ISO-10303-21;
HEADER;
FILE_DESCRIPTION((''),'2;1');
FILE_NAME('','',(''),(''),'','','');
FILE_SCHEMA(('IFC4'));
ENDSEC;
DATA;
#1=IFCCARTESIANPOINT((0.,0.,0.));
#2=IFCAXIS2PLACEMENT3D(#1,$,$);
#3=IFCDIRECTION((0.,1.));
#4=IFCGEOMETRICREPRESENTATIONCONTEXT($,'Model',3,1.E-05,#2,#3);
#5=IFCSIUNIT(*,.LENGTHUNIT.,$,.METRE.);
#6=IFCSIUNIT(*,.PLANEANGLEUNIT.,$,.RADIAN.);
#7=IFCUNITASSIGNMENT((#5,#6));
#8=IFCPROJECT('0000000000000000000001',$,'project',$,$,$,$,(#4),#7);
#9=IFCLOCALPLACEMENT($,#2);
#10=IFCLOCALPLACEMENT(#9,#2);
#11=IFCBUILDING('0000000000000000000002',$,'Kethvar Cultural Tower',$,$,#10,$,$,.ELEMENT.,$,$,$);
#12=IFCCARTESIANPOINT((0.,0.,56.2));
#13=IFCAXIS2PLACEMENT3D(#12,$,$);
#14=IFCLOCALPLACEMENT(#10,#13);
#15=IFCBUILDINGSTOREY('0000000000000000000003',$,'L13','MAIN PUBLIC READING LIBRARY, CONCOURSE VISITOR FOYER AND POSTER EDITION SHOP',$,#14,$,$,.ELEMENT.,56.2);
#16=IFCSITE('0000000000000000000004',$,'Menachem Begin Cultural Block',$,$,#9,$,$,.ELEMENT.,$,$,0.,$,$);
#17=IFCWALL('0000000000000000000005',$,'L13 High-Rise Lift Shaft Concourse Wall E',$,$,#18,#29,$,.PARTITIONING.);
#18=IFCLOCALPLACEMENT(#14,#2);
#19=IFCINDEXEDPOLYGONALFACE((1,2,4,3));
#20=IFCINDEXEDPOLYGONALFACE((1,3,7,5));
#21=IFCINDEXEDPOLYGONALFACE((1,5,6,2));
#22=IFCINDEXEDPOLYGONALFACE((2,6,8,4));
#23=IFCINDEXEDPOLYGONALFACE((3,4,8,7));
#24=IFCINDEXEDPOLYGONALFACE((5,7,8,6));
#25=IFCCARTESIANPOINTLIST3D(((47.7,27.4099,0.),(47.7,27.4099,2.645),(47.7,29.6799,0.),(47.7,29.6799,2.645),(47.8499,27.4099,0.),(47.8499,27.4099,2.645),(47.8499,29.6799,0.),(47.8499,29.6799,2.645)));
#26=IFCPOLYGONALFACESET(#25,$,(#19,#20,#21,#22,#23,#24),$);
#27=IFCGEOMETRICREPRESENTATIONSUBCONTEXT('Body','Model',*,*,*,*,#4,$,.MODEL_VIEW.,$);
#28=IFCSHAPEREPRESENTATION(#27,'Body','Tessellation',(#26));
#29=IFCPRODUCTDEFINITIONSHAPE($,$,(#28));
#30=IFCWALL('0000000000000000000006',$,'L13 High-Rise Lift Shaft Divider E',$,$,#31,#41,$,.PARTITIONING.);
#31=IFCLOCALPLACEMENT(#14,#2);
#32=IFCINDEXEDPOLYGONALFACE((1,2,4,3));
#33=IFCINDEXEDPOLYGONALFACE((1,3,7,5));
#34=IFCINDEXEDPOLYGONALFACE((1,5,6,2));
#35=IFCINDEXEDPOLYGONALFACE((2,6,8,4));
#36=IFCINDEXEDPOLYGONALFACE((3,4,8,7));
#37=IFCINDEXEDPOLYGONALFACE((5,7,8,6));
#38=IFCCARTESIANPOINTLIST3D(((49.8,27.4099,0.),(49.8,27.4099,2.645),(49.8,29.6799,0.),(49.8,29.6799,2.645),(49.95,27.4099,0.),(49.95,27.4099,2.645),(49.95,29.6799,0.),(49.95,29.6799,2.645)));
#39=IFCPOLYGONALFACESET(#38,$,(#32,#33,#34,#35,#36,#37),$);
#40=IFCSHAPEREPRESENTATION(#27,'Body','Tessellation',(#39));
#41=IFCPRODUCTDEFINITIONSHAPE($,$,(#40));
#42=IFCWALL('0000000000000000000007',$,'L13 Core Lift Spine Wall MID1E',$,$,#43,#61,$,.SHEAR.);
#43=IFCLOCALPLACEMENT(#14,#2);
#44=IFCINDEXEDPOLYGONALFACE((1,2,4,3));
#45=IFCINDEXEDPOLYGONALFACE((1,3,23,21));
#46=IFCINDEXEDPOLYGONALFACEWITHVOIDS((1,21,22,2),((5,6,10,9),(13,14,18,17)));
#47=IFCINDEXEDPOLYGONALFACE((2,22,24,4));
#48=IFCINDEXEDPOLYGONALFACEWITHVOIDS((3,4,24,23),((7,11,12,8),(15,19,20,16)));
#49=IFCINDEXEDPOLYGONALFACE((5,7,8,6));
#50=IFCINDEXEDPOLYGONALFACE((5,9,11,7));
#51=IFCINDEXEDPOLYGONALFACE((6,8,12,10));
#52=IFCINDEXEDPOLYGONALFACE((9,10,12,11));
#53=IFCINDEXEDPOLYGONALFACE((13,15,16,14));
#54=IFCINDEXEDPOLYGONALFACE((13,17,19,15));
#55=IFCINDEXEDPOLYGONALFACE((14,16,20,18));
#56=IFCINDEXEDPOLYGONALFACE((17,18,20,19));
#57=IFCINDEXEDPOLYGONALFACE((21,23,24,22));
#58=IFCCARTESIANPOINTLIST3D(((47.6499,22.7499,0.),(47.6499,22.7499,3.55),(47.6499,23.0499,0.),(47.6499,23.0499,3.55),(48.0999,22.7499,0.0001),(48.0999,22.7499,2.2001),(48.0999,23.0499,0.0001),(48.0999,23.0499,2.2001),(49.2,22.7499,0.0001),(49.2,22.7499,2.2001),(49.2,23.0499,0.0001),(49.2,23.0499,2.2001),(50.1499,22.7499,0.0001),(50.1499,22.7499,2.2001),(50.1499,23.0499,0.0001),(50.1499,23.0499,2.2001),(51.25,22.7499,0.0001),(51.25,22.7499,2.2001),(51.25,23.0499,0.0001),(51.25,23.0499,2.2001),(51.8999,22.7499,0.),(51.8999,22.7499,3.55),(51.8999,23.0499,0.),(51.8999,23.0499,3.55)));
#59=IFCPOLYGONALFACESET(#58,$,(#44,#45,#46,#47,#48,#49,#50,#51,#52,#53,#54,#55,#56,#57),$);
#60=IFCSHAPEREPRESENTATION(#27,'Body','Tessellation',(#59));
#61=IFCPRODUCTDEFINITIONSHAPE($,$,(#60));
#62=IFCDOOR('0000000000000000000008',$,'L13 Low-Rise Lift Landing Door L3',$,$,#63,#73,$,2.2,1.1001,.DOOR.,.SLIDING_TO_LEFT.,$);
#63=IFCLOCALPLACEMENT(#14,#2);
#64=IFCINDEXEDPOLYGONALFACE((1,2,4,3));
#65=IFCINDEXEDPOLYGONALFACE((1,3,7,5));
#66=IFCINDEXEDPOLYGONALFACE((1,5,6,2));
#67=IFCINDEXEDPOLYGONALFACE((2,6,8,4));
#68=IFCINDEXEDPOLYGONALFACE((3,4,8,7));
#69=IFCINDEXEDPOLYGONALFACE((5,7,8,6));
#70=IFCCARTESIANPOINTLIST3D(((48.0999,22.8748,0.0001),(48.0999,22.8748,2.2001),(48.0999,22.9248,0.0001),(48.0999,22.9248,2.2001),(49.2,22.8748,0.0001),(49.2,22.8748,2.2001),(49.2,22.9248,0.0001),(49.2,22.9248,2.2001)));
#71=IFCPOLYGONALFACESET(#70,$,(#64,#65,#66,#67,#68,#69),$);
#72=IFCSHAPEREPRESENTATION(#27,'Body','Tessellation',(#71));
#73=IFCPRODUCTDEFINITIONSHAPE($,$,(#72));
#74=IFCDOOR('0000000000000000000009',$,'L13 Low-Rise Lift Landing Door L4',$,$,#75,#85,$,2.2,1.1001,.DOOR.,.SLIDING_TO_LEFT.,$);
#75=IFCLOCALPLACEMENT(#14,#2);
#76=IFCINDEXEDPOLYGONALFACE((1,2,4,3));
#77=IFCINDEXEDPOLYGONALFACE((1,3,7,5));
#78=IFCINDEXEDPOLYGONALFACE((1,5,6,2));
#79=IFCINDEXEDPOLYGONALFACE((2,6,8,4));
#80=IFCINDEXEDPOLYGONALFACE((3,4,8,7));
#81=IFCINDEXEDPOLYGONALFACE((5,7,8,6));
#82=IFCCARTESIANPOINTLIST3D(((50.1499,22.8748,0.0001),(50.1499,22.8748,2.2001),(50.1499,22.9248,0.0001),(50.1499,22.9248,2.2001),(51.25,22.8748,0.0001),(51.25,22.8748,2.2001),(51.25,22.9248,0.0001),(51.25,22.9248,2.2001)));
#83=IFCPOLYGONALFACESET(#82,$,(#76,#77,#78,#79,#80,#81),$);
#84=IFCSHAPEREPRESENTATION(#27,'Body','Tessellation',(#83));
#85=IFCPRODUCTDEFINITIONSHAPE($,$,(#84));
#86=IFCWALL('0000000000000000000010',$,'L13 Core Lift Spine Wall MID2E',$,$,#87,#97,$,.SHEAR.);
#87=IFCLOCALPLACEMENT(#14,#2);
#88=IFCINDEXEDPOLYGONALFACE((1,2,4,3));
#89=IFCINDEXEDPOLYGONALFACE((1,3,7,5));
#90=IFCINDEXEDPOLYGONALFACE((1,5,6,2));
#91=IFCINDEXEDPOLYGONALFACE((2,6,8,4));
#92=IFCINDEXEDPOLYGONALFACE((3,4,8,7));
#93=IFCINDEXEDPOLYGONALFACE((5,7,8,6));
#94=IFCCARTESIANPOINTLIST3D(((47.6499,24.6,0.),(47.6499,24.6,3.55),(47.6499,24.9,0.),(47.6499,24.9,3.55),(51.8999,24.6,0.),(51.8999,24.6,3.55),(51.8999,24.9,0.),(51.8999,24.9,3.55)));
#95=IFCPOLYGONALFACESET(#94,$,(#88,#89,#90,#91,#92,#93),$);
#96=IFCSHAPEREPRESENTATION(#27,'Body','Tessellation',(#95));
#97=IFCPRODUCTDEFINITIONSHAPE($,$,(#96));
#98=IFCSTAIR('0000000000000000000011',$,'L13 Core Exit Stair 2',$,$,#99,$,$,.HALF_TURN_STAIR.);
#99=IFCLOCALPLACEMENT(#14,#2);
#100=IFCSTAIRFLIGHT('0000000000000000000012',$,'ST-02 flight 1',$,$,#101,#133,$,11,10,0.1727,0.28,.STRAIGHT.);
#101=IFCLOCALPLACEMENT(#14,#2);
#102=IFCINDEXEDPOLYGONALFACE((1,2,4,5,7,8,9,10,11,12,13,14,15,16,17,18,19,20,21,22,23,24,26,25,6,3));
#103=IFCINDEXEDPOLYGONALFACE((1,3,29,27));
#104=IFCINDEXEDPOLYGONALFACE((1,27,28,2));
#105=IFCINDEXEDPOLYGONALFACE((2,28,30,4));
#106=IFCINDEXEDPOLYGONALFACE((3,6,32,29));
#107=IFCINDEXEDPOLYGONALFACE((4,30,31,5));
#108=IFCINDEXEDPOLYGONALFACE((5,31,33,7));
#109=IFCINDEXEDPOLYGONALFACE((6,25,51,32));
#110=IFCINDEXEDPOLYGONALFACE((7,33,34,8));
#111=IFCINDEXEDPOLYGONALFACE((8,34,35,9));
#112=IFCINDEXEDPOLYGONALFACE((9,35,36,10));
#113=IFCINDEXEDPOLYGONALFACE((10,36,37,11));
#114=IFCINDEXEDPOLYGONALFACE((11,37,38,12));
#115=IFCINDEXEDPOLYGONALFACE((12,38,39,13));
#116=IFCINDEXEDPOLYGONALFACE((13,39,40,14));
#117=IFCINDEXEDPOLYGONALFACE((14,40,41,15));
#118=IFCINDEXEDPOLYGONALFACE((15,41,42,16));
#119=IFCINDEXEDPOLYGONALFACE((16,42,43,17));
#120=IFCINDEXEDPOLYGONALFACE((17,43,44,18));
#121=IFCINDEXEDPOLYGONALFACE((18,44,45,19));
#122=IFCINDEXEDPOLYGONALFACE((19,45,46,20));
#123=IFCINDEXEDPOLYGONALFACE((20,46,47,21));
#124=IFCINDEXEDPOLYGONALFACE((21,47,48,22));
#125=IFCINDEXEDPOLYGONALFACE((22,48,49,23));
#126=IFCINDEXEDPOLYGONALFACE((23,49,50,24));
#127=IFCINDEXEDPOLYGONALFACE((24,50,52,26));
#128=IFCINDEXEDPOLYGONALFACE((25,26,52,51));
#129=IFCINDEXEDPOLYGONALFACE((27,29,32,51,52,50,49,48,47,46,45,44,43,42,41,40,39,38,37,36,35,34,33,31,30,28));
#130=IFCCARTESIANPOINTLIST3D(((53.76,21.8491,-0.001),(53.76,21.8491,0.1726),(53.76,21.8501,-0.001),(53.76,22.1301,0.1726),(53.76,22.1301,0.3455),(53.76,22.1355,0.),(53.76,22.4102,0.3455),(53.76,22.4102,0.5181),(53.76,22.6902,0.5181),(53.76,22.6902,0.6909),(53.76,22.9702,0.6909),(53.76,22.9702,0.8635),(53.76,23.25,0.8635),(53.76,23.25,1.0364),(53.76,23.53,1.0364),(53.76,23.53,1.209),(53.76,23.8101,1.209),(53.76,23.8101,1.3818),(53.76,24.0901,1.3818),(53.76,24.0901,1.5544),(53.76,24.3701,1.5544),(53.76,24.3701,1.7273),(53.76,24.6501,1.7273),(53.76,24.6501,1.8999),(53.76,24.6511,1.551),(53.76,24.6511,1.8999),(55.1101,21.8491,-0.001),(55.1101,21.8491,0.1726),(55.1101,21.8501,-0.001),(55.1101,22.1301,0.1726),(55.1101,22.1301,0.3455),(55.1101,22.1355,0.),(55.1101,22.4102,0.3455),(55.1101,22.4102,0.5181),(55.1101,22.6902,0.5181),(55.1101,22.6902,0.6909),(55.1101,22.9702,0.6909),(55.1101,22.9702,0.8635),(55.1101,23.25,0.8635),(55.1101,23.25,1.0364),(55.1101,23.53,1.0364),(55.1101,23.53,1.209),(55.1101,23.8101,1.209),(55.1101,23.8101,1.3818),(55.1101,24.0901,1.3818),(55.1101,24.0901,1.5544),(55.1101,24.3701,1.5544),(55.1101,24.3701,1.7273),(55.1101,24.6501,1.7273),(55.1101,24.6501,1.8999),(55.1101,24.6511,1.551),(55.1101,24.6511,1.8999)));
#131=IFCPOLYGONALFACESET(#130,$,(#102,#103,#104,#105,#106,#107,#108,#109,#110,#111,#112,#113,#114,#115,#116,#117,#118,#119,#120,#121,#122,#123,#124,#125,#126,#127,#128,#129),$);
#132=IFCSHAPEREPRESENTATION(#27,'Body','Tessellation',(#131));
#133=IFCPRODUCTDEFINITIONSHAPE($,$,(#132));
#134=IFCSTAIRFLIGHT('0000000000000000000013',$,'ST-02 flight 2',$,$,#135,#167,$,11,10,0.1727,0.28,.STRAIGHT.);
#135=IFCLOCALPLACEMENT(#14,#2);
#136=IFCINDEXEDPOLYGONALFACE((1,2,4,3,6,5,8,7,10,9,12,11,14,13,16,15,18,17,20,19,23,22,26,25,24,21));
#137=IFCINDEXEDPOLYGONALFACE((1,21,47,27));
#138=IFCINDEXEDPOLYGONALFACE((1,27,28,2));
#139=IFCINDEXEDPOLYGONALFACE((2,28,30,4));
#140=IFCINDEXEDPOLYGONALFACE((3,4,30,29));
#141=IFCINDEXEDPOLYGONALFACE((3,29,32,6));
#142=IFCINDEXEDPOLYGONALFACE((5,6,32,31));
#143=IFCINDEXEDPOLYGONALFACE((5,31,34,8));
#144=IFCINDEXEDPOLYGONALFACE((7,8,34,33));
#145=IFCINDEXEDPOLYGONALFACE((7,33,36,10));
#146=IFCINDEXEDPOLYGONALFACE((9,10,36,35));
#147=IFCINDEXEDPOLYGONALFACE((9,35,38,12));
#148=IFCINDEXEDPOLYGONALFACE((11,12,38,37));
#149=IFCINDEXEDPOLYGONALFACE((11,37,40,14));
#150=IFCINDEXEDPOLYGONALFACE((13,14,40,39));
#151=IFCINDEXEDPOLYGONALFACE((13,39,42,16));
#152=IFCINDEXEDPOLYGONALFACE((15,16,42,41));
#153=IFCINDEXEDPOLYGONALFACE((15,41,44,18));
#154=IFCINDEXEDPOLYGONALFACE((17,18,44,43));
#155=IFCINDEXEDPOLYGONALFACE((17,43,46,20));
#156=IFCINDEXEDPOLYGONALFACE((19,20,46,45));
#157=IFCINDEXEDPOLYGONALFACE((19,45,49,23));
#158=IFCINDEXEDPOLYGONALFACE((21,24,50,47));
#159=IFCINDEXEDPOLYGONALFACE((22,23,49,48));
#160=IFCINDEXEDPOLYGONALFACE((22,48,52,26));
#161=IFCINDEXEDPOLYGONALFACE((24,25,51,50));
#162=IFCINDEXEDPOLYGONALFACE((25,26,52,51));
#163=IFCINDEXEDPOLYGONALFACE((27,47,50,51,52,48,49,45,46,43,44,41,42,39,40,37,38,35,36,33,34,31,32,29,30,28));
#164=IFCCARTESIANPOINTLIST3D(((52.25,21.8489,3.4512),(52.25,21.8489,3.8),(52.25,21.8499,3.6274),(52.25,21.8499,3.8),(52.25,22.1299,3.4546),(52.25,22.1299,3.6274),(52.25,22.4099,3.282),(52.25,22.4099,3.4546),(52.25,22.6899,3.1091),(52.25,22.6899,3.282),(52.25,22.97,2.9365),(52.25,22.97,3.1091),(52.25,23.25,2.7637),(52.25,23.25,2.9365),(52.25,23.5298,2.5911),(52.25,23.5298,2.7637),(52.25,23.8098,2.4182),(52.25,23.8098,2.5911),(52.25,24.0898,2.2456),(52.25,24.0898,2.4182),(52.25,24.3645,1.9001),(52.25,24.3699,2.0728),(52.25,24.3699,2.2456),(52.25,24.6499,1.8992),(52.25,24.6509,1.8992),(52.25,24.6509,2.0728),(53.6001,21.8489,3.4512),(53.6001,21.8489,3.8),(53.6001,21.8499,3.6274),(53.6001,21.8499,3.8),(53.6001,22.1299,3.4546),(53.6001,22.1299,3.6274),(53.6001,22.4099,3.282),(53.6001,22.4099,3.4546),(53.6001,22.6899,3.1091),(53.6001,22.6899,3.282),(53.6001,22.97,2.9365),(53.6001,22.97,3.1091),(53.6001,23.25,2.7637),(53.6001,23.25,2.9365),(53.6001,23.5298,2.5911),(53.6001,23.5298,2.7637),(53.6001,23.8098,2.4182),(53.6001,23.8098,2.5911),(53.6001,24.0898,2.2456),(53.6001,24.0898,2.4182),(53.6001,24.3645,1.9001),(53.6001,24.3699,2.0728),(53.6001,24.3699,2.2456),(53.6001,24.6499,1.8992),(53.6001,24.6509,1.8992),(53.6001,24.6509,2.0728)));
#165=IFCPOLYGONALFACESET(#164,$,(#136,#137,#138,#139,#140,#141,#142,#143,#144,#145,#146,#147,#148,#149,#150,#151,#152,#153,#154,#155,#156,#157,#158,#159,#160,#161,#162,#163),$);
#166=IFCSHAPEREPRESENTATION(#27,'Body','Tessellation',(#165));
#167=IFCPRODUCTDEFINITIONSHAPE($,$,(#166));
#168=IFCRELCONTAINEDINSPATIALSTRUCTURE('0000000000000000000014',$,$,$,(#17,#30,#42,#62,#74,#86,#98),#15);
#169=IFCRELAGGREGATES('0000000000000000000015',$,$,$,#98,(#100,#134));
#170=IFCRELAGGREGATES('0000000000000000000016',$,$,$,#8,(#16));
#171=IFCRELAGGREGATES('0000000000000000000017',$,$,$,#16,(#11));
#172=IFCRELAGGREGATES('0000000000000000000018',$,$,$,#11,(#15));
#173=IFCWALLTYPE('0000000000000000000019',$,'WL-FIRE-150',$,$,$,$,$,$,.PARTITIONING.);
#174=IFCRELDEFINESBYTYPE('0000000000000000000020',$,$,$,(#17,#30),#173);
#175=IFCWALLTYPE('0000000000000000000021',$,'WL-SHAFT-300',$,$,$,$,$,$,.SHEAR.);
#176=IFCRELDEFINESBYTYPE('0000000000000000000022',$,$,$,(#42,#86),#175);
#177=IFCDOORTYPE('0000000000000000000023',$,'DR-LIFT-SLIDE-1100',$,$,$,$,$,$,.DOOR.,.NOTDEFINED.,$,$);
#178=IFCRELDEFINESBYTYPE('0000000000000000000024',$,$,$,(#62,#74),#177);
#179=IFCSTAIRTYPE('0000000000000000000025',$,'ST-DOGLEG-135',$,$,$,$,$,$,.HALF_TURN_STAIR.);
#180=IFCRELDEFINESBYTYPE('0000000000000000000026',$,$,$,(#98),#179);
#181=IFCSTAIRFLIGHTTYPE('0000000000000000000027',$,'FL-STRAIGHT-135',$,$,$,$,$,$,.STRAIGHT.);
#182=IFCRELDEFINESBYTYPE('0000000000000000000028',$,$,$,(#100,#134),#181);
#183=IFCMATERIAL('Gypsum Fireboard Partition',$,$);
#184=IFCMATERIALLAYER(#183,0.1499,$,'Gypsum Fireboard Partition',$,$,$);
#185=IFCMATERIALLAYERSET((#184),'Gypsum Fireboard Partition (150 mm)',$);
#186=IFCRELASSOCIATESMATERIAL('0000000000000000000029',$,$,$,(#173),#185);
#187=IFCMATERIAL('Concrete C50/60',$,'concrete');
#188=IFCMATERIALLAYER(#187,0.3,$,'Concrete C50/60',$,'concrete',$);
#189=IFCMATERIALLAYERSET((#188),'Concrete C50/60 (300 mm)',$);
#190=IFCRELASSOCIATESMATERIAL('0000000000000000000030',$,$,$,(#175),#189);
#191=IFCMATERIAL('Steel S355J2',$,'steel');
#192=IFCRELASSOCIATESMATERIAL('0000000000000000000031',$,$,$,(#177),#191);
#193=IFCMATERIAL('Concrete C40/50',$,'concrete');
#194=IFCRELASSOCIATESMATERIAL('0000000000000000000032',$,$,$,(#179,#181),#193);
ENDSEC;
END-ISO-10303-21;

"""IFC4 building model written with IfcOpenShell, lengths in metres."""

from ifc_helpers import new_model, si_unit, direction, frame, frame_2d, origin, place, context, subcontext, project, spatial, polyline, rectangle, outline, extrude, source, transform, mapped, material, layer, layer_set, type_object, element, fill, aggregate, save


model = new_model("IFC4")

# Units and contexts
model_context = context("Model", 3, precision=1e-05, world=origin(), true_north=direction((0.0, 1.0)))
body_context = subcontext(model_context, "Body", "Model", "MODEL_VIEW")
ifc_project = project(units=[si_unit("LENGTHUNIT", "METRE"), si_unit("PLANEANGLEUNIT", "RADIAN")], contexts=[model_context])

# Site, building, storey
site_placement = place(None, origin())
site = spatial("IfcSite", under=ifc_project, at=site_placement, Name="Menachem Begin Cultural Block", CompositionType="ELEMENT", RefElevation=0.0)
building_placement = place(site_placement, origin())
building = spatial("IfcBuilding", under=site, at=building_placement, Name="Kethvar Cultural Tower", CompositionType="ELEMENT")
storey_placement = place(building_placement, frame((0.0, 0.0, 56.2)))
storey = spatial("IfcBuildingStorey", under=building, at=storey_placement, Name="L13", Description="MAIN PUBLIC READING LIBRARY, CONCOURSE VISITOR FOYER AND POSTER EDITION SHOP", CompositionType="ELEMENT", Elevation=56.2)

# Shared definitions
ifc_material_1 = material(Name="Steel S355J2", Category="steel")

# Walls
ifc_material_2 = material(Name="Gypsum Fireboard Partition")
ifc_layer_1 = layer(ifc_material_2, 0.1499, Name="Gypsum Fireboard Partition")
ifc_layer_set_1 = layer_set([ifc_layer_1], Name="Gypsum Fireboard Partition (150 mm)")
wall_type_1 = type_object("IfcWallType", Name="WL-FIRE-150", PredefinedType="PARTITIONING", material=ifc_layer_set_1)
for number, where, z_axis, x_axis, name in (
    (1, (47.7749, 27.4099, 0.0), (0.0, 0.0, 1.0), (0.0, 1.0, 0.0), "L13 High-Rise Lift Shaft Concourse Wall E"),
    (2, (49.875, 27.4099, 0.0), (0.0, 0.0, 1.0), (0.0, 1.0, 0.0), "L13 High-Rise Lift Shaft Divider E"),
):
    element("IfcWall", number, at=place(storey_placement, frame(where, z_axis=z_axis, x_axis=x_axis)), inside=storey, type_object=wall_type_1, Name=name, PredefinedType="PARTITIONING", context=body_context, shape_type="SweptSolid", body=[
        extrude(rectangle(XDim=2.27, YDim=0.1499, at=frame_2d((1.135, 0.0))), origin(), (0.0, 0.0, 1.0), 2.645),
    ])

# Wall, openings, doors
ifc_material_3 = material(Name="Concrete C50/60", Category="concrete")
ifc_layer_2 = layer(ifc_material_3, 0.3, Name="Concrete C50/60", Category="concrete")
ifc_layer_set_2 = layer_set([ifc_layer_2], Name="Concrete C50/60 (300 mm)")
wall_type_2 = type_object("IfcWallType", Name="WL-SHAFT-300", PredefinedType="SHEAR", material=ifc_layer_set_2)
wall_1_placement = place(storey_placement, frame((47.6499, 22.8999, 0.0), z_axis=(0.0, 0.0, 1.0), x_axis=(1.0, 0.0, 0.0)))
wall_1 = element("IfcWall", 3, at=wall_1_placement, inside=storey, type_object=wall_type_2, Name="L13 Core Lift Spine Wall MID1E", PredefinedType="SHEAR", context=body_context, shape_type="SweptSolid", body=[
    extrude(rectangle(XDim=4.25, YDim=0.3, at=frame_2d((2.125, 0.0))), origin(), (0.0, 0.0, 1.0), 3.55),
])
opening_1_placement = place(wall_1_placement, frame((0.45, 0.0, 0.0)))
opening_1 = element("IfcOpeningElement", 4, at=opening_1_placement, cuts=wall_1, PredefinedType="OPENING", context=body_context, shape_type="SweptSolid", body=[
    extrude(rectangle(XDim=1.1001, YDim=2.2, at=frame_2d((0.55, 1.1001))), frame((0.0, 0.1599, 0.0), z_axis=(0.0, -1.0, 0.0), x_axis=(1.0, 0.0, 0.0)), (0.0, 0.0, 1.0), 0.3201),
])
opening_2_placement = place(wall_1_placement, frame((2.5, 0.0, 0.0)))
opening_2 = element("IfcOpeningElement", 5, at=opening_2_placement, cuts=wall_1, PredefinedType="OPENING", context=body_context, shape_type="SweptSolid", body=[
    extrude(rectangle(XDim=1.1001, YDim=2.2, at=frame_2d((0.55, 1.1001))), frame((0.0, 0.1599, 0.0), z_axis=(0.0, -1.0, 0.0), x_axis=(1.0, 0.0, 0.0)), (0.0, 0.0, 1.0), 0.3201),
])
door_type = type_object("IfcDoorType", Name="DR-LIFT-SLIDE-1100", OperationType="NOTDEFINED", PredefinedType="DOOR", material=ifc_material_1)
shared_shape_1 = source(origin(), body_context, "Body", "SweptSolid", [
    extrude(rectangle(XDim=1.1001, YDim=2.2, at=frame_2d((0.55, 1.1001))), frame((0.0, 0.0249, 0.0), z_axis=(0.0, -1.0, 0.0), x_axis=(1.0, 0.0, 0.0)), (0.0, 0.0, 1.0), 0.05),
])
door_1_placement = place(opening_1_placement, origin())
door_1 = element("IfcDoor", 6, at=door_1_placement, inside=storey, type_object=door_type, Name="L13 Low-Rise Lift Landing Door L3", OperationType="SLIDING_TO_LEFT", OverallHeight=2.2, OverallWidth=1.1001, PredefinedType="DOOR", context=body_context, shape_type="MappedRepresentation", body=[
    mapped(shared_shape_1, transform((0.0, 0.0, 0.0), scale=1.0)),
])
fill(opening_1, door_1)
door_2_placement = place(opening_2_placement, origin())
door_2 = element("IfcDoor", 7, at=door_2_placement, inside=storey, type_object=door_type, Name="L13 Low-Rise Lift Landing Door L4", OperationType="SLIDING_TO_LEFT", OverallHeight=2.2, OverallWidth=1.1001, PredefinedType="DOOR", context=body_context, shape_type="MappedRepresentation", body=[
    mapped(shared_shape_1, transform((0.0, 0.0, 0.0), scale=1.0)),
])
fill(opening_2, door_2)

# Wall
wall_2_placement = place(storey_placement, frame((47.6499, 24.75, 0.0), z_axis=(0.0, 0.0, 1.0), x_axis=(1.0, 0.0, 0.0)))
element("IfcWall", 8, at=wall_2_placement, inside=storey, type_object=wall_type_2, Name="L13 Core Lift Spine Wall MID2E", PredefinedType="SHEAR", context=body_context, shape_type="SweptSolid", body=[
    extrude(rectangle(XDim=4.25, YDim=0.3, at=frame_2d((2.125, 0.0))), origin(), (0.0, 0.0, 1.0), 3.55),
])

# Stair, stair flights
ifc_material_4 = material(Name="Concrete C40/50", Category="concrete")
stair_type = type_object("IfcStairType", Name="ST-DOGLEG-135", PredefinedType="HALF_TURN_STAIR", material=ifc_material_4)
stair_placement = place(storey_placement, origin())
stair = element("IfcStair", 9, at=stair_placement, inside=storey, type_object=stair_type, Name="L13 Core Exit Stair 2", PredefinedType="HALF_TURN_STAIR")
stair_flight_type = type_object("IfcStairFlightType", Name="FL-STRAIGHT-135", PredefinedType="STRAIGHT", material=ifc_material_4)
stair_flight_1_placement = place(storey_placement, frame((54.4351, 21.8501, 0.0), z_axis=(0.0, 0.0, 1.0), x_axis=(0.0, 1.0, 0.0)))
stair_flight_1 = element("IfcStairFlight", 10, at=stair_flight_1_placement, type_object=stair_flight_type, Name="ST-02 flight 1", NumberOfRisers=11, NumberOfTreads=10, PredefinedType="STRAIGHT", RiserHeight=0.1727, TreadLength=0.28, context=body_context, shape_type="SweptSolid", body=[
    extrude(outline(polyline([(-0.001, -0.001), (-0.001, 0.1726), (0.28, 0.1726), (0.28, 0.3455), (0.5601, 0.3455), (0.5601, 0.5181), (0.8401, 0.5181), (0.8401, 0.6909), (1.1201, 0.6909), (1.1201, 0.8635), (1.3999, 0.8635), (1.3999, 1.0364), (1.6799, 1.0364), (1.6799, 1.209), (1.96, 1.209), (1.96, 1.3818), (2.24, 1.3818), (2.24, 1.5544), (2.52, 1.5544), (2.52, 1.7273), (2.8, 1.7273), (2.8, 1.8999), (2.801, 1.8999), (2.801, 1.551), (0.2854, 0.0), (0.0, -0.001), (-0.001, -0.001)])), frame((0.0, 0.675, 0.0), z_axis=(0.0, -1.0, 0.0), x_axis=(1.0, 0.0, 0.0)), (0.0, 0.0, 1.0), 1.3501),
])
stair_flight_2_placement = place(storey_placement, frame((52.925, 24.6499, 1.9001), z_axis=(0.0, 0.0, 1.0), x_axis=(0.0, -1.0, 0.0)))
stair_flight_2 = element("IfcStairFlight", 11, at=stair_flight_2_placement, type_object=stair_flight_type, Name="ST-02 flight 2", NumberOfRisers=11, NumberOfTreads=10, PredefinedType="STRAIGHT", RiserHeight=0.1727, TreadLength=0.28, context=body_context, shape_type="SweptSolid", body=[
    extrude(outline(polyline([(-0.001, -0.001), (-0.001, 0.1726), (0.28, 0.1726), (0.28, 0.3455), (0.5601, 0.3455), (0.5601, 0.5181), (0.8401, 0.5181), (0.8401, 0.6909), (1.1201, 0.6909), (1.1201, 0.8635), (1.3999, 0.8635), (1.3999, 1.0364), (1.6799, 1.0364), (1.6799, 1.209), (1.96, 1.209), (1.96, 1.3818), (2.24, 1.3818), (2.24, 1.5544), (2.52, 1.5544), (2.52, 1.7273), (2.8, 1.7273), (2.8, 1.8999), (2.801, 1.8999), (2.801, 1.551), (0.2854, 0.0), (0.0, -0.001), (-0.001, -0.001)])), frame((0.0, 0.675, 0.0), z_axis=(0.0, -1.0, 0.0), x_axis=(1.0, 0.0, 0.0)), (0.0, 0.0, 1.0), 1.3501),
])
aggregate(stair, [stair_flight_1, stair_flight_2])

save(model, "model.ifc")
